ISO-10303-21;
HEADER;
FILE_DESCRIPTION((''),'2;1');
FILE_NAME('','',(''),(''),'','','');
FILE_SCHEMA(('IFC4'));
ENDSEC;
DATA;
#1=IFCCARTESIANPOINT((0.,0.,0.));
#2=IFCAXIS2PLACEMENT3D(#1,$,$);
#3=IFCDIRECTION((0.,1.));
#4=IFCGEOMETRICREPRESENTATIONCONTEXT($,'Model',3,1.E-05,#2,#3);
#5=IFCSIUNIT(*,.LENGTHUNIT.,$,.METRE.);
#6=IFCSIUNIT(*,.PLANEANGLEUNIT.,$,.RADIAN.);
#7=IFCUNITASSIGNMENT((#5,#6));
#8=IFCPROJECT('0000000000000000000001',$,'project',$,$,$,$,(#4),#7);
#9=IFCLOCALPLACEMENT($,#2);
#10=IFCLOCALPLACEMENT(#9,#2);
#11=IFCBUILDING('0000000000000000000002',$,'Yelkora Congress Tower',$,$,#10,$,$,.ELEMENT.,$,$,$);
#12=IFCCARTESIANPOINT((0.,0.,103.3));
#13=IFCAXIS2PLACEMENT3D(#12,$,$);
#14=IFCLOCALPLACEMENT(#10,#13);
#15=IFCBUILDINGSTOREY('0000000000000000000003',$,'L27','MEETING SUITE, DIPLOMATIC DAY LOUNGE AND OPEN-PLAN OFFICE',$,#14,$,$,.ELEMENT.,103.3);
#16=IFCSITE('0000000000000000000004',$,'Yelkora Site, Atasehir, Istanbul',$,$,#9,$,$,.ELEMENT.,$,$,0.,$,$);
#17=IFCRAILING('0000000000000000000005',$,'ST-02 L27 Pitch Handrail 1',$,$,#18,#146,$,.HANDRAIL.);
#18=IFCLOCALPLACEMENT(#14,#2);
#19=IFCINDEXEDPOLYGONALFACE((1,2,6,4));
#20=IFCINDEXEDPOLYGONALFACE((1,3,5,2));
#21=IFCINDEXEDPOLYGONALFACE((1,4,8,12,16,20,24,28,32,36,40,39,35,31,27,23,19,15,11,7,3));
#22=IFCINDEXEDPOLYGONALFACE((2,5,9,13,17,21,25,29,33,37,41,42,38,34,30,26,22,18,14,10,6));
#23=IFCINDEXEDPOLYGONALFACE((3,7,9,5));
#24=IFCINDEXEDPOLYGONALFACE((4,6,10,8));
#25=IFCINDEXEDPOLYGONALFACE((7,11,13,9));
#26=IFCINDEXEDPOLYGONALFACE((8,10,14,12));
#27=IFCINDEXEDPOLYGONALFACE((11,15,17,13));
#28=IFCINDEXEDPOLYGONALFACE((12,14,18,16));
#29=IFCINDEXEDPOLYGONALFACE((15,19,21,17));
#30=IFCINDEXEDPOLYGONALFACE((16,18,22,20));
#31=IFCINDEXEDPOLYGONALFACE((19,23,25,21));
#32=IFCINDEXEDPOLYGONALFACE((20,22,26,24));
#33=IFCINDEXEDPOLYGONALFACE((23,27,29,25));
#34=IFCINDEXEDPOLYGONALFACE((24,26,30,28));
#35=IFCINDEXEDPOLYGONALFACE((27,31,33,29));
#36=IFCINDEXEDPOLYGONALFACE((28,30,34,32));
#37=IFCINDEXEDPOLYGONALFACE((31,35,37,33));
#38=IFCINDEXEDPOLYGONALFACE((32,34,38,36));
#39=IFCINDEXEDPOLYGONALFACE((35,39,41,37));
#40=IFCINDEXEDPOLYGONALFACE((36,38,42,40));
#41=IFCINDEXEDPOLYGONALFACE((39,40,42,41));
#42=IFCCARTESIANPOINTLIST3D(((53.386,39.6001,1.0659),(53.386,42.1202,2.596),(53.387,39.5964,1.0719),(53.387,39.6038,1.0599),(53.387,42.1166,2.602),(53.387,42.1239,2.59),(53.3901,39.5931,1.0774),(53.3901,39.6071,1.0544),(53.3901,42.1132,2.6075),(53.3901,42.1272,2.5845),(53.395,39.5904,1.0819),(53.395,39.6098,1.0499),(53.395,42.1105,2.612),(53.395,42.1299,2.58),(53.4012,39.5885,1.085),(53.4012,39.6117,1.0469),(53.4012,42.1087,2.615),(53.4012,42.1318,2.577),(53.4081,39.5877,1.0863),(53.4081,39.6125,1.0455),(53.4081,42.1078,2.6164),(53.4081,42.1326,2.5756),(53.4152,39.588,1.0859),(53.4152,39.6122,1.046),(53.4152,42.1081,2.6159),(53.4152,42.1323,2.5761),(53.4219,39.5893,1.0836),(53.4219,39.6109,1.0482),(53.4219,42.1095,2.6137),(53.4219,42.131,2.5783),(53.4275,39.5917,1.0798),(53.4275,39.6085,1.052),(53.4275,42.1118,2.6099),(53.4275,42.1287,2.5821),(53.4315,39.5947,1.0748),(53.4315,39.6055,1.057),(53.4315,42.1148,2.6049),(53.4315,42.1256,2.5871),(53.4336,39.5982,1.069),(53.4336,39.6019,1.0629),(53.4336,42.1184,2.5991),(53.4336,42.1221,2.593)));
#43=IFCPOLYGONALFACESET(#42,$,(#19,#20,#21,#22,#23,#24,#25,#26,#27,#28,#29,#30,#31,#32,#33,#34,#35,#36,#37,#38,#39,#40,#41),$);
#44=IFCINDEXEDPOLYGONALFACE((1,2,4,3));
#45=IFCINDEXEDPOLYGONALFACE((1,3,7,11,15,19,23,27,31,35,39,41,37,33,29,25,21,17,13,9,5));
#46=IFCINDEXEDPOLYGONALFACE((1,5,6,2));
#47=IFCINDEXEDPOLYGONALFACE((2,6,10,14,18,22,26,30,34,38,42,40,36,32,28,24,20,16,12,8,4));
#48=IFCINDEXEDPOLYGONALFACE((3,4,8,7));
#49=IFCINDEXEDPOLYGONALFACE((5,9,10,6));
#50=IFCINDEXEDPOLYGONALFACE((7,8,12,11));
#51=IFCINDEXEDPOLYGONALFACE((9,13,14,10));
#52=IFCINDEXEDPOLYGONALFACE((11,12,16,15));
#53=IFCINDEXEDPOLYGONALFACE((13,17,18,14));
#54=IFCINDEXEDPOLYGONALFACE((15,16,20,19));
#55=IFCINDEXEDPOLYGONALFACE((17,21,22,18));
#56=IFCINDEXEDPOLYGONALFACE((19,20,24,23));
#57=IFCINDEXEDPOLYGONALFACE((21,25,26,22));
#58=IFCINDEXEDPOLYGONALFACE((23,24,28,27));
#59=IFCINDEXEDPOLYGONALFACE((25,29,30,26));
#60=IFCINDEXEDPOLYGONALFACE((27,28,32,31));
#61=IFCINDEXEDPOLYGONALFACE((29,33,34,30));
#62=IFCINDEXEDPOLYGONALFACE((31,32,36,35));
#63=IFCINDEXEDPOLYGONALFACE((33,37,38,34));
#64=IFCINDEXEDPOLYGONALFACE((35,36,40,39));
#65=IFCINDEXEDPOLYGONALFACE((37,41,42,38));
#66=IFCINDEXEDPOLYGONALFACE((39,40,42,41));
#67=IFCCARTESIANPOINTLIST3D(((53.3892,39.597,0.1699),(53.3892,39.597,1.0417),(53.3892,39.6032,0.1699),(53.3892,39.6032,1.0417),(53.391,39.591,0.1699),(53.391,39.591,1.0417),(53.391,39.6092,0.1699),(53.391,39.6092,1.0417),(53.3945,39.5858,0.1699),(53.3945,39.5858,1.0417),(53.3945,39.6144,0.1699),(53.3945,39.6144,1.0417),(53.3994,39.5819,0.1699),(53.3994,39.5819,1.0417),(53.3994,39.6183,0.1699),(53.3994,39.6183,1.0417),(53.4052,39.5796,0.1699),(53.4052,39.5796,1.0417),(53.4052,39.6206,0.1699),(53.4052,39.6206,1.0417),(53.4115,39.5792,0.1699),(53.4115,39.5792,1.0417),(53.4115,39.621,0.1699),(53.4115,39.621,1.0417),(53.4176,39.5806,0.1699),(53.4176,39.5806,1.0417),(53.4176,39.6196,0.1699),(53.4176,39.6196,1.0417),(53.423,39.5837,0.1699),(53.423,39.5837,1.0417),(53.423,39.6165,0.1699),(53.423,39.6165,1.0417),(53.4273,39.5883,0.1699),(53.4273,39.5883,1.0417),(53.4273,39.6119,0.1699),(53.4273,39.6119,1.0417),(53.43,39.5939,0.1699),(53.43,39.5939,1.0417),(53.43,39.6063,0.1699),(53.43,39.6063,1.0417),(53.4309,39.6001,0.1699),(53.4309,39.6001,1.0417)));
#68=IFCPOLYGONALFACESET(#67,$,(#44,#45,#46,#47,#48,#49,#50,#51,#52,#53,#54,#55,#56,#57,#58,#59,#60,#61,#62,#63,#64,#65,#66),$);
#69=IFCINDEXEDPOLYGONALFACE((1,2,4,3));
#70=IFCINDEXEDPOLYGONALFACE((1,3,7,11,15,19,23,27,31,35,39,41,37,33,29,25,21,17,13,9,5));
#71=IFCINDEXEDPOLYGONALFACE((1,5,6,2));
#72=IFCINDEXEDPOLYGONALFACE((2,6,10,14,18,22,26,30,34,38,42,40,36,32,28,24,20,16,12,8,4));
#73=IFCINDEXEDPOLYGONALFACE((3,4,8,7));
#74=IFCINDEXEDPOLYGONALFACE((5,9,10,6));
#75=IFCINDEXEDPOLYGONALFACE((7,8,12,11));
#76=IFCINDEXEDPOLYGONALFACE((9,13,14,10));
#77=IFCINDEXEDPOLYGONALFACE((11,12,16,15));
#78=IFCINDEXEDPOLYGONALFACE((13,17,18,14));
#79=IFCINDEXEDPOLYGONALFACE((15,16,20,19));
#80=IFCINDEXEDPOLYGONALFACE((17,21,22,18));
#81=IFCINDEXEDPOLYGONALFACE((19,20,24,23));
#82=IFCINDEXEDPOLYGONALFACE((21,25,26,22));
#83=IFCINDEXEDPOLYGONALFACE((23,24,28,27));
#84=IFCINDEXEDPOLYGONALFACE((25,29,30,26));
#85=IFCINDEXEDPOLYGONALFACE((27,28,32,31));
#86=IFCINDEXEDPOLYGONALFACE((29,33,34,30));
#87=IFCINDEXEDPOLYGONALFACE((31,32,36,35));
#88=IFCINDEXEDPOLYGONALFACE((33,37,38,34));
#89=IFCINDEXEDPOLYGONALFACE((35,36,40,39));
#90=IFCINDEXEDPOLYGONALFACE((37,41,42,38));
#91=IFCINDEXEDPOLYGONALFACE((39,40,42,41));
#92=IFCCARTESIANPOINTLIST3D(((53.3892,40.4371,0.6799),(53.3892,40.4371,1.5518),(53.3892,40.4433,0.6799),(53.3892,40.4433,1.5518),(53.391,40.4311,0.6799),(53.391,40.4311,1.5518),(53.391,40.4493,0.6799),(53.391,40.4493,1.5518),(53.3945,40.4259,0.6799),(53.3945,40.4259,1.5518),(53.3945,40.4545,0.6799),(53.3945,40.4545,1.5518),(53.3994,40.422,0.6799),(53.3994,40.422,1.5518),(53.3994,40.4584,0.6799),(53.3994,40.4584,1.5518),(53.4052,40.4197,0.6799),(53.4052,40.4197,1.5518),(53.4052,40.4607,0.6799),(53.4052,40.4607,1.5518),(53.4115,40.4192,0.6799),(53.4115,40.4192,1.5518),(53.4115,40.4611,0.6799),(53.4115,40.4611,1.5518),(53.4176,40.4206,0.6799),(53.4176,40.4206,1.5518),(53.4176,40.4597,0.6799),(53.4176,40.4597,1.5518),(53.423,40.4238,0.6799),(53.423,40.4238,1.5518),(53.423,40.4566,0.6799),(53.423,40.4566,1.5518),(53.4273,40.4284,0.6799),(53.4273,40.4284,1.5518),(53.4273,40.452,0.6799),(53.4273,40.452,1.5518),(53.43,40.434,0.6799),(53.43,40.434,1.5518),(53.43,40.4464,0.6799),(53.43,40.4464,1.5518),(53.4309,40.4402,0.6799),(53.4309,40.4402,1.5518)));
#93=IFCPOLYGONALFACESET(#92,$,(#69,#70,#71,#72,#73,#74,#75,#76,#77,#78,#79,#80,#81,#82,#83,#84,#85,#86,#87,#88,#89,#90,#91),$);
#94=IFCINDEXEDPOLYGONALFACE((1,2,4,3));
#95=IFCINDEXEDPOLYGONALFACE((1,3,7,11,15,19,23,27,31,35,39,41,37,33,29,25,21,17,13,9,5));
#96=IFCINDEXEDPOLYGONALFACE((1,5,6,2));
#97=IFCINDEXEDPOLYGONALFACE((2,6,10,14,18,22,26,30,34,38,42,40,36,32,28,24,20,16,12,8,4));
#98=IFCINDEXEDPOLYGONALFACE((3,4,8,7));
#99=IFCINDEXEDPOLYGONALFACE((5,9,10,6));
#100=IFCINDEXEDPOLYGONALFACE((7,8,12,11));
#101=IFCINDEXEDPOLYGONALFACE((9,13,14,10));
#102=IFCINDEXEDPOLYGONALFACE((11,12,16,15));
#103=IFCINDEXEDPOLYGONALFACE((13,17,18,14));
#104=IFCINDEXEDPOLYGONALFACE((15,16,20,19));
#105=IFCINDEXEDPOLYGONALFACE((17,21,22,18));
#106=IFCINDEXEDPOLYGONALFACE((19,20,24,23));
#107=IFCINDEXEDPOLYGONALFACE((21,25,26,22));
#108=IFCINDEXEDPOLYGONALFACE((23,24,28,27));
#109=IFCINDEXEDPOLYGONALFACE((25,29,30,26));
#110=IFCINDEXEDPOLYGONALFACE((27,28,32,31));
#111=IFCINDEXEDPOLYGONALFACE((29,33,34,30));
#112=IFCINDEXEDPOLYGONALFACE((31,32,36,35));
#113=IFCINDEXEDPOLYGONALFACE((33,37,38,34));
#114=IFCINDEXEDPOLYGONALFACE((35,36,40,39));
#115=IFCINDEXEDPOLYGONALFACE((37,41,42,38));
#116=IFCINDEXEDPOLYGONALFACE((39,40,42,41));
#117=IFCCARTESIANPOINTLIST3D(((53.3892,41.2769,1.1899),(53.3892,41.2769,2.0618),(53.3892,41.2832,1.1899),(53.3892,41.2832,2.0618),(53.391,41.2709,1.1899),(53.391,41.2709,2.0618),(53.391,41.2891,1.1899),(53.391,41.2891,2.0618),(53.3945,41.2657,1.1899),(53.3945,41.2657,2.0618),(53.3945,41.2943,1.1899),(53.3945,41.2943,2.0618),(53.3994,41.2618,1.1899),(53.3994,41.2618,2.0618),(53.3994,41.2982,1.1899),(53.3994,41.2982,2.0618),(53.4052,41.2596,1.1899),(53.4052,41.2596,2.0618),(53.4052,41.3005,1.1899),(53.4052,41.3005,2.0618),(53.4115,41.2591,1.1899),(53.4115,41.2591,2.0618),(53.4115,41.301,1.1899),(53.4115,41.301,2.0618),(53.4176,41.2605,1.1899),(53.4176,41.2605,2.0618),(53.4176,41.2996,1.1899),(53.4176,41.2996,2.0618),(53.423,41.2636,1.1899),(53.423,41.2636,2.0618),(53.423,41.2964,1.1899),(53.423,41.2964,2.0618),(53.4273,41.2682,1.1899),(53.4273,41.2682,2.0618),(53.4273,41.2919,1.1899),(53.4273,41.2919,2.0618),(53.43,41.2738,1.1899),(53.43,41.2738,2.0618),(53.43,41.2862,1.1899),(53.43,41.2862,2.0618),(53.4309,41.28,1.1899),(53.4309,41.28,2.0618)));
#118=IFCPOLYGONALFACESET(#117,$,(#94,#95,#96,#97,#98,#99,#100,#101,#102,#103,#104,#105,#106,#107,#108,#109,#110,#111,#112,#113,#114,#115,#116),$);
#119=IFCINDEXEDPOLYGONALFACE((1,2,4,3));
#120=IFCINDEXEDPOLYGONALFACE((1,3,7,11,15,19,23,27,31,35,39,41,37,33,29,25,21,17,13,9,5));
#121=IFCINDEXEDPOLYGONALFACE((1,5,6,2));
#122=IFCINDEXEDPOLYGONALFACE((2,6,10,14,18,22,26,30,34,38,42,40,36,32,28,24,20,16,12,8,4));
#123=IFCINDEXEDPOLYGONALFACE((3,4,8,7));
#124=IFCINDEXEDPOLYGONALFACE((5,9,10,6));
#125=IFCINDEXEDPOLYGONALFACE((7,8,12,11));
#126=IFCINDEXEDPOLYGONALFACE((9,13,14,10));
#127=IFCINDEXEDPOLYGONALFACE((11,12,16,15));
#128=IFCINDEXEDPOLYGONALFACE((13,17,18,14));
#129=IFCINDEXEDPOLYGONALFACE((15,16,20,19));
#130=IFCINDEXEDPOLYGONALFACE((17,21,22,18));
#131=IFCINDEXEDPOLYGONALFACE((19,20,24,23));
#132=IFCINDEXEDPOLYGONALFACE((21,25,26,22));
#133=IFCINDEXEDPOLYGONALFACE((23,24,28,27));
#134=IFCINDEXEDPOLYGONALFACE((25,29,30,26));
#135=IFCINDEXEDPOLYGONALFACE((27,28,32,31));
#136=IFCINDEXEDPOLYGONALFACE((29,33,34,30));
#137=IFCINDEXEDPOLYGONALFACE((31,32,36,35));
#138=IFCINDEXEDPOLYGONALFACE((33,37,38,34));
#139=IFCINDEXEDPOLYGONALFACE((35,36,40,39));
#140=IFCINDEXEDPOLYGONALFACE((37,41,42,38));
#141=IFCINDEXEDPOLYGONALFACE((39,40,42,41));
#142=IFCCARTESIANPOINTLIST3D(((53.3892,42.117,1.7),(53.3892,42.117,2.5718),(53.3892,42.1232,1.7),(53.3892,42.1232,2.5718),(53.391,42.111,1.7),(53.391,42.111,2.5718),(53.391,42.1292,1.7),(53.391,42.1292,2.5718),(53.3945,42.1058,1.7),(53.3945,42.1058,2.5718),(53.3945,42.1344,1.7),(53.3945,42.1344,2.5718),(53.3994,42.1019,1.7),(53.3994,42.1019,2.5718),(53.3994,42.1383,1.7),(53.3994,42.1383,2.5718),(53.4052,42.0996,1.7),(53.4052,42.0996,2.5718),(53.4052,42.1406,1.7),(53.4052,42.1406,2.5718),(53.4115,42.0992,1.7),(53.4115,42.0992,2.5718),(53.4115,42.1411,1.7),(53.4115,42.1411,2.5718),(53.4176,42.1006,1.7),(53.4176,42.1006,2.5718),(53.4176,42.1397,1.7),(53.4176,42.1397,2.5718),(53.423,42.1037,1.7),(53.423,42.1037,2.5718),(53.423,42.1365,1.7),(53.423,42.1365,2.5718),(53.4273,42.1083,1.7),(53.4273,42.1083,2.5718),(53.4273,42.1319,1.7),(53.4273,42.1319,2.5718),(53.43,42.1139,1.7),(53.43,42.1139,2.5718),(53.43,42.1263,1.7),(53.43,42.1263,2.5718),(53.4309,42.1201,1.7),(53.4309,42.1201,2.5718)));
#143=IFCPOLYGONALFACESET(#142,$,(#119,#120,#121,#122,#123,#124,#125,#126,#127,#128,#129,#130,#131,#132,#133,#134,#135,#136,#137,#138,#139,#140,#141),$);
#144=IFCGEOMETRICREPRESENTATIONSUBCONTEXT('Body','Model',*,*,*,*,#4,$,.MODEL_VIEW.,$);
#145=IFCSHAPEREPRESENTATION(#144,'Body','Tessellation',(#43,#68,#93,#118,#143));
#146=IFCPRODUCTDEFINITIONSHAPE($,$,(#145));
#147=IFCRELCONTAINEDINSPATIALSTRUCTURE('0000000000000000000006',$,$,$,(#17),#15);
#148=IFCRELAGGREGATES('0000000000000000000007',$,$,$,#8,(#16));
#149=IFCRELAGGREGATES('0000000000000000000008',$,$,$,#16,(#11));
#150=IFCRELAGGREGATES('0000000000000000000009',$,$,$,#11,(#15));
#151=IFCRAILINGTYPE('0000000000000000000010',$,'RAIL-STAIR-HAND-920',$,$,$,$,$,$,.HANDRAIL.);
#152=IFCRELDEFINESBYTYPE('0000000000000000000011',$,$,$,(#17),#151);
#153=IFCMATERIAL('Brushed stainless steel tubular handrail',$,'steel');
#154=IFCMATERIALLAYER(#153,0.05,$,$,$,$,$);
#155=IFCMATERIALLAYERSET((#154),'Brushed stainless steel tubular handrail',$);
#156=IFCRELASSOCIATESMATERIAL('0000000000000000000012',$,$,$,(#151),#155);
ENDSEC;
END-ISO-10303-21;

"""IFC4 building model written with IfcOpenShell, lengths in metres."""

from ifc_helpers import new_model, si_unit, direction, frame, origin, origin_2d, place, context, subcontext, project, spatial, circle, extrude, material, layer, layer_set, type_object, element, save


model = new_model("IFC4")

# Units and contexts
model_context = context("Model", 3, precision=1e-05, world=origin(), true_north=direction((0.0, 1.0)))
body_context = subcontext(model_context, "Body", "Model", "MODEL_VIEW")
ifc_project = project(units=[si_unit("LENGTHUNIT", "METRE"), si_unit("PLANEANGLEUNIT", "RADIAN")], contexts=[model_context])

# Site, building, storey
site_placement = place(None, origin())
site = spatial("IfcSite", under=ifc_project, at=site_placement, Name="Yelkora Site, Atasehir, Istanbul", CompositionType="ELEMENT", RefElevation=0.0)
building_placement = place(site_placement, origin())
building = spatial("IfcBuilding", under=site, at=building_placement, Name="Yelkora Congress Tower", CompositionType="ELEMENT")
storey_placement = place(building_placement, frame((0.0, 0.0, 103.3)))
storey = spatial("IfcBuildingStorey", under=building, at=storey_placement, Name="L27", Description="MEETING SUITE, DIPLOMATIC DAY LOUNGE AND OPEN-PLAN OFFICE", CompositionType="ELEMENT", Elevation=103.3)

# Railing
ifc_material_1 = material(Name="Brushed stainless steel tubular handrail", Category="steel")
ifc_layer_1 = layer(ifc_material_1, 0.05)
ifc_layer_set_1 = layer_set([ifc_layer_1], Name="Brushed stainless steel tubular handrail")
railing_type_1 = type_object("IfcRailingType", Name="RAIL-STAIR-HAND-920", PredefinedType="HANDRAIL", material=ifc_layer_set_1)
railing_1_placement = place(storey_placement, frame((53.4099, 39.6001, 0.1699)))
element("IfcRailing", 1, at=railing_1_placement, inside=storey, type_object=railing_type_1, Name="ST-02 L27 Pitch Handrail 1", PredefinedType="HANDRAIL", context=body_context, shape_type="SweptSolid", body=[
    extrude(circle(Radius=0.0239, at=origin_2d()), frame((0.0, 0.0, 0.896), z_axis=(0.0, 0.854785, 0.518982), x_axis=(-1.0, 0.0, 0.0)), (0.0, 0.0, 1.0), 2.9482),
    extrude(circle(Radius=0.021, at=origin_2d()), origin(), (0.0, 0.0, 1.0), 0.8718),
    extrude(circle(Radius=0.021, at=origin_2d()), frame((0.0, 0.8401, 0.51)), (0.0, 0.0, 1.0), 0.8718),
    extrude(circle(Radius=0.021, at=origin_2d()), frame((0.0, 1.6799, 1.02)), (0.0, 0.0, 1.0), 0.8718),
    extrude(circle(Radius=0.021, at=origin_2d()), frame((0.0, 2.52, 1.53)), (0.0, 0.0, 1.0), 0.8718),
])

save(model, "model.ifc")
